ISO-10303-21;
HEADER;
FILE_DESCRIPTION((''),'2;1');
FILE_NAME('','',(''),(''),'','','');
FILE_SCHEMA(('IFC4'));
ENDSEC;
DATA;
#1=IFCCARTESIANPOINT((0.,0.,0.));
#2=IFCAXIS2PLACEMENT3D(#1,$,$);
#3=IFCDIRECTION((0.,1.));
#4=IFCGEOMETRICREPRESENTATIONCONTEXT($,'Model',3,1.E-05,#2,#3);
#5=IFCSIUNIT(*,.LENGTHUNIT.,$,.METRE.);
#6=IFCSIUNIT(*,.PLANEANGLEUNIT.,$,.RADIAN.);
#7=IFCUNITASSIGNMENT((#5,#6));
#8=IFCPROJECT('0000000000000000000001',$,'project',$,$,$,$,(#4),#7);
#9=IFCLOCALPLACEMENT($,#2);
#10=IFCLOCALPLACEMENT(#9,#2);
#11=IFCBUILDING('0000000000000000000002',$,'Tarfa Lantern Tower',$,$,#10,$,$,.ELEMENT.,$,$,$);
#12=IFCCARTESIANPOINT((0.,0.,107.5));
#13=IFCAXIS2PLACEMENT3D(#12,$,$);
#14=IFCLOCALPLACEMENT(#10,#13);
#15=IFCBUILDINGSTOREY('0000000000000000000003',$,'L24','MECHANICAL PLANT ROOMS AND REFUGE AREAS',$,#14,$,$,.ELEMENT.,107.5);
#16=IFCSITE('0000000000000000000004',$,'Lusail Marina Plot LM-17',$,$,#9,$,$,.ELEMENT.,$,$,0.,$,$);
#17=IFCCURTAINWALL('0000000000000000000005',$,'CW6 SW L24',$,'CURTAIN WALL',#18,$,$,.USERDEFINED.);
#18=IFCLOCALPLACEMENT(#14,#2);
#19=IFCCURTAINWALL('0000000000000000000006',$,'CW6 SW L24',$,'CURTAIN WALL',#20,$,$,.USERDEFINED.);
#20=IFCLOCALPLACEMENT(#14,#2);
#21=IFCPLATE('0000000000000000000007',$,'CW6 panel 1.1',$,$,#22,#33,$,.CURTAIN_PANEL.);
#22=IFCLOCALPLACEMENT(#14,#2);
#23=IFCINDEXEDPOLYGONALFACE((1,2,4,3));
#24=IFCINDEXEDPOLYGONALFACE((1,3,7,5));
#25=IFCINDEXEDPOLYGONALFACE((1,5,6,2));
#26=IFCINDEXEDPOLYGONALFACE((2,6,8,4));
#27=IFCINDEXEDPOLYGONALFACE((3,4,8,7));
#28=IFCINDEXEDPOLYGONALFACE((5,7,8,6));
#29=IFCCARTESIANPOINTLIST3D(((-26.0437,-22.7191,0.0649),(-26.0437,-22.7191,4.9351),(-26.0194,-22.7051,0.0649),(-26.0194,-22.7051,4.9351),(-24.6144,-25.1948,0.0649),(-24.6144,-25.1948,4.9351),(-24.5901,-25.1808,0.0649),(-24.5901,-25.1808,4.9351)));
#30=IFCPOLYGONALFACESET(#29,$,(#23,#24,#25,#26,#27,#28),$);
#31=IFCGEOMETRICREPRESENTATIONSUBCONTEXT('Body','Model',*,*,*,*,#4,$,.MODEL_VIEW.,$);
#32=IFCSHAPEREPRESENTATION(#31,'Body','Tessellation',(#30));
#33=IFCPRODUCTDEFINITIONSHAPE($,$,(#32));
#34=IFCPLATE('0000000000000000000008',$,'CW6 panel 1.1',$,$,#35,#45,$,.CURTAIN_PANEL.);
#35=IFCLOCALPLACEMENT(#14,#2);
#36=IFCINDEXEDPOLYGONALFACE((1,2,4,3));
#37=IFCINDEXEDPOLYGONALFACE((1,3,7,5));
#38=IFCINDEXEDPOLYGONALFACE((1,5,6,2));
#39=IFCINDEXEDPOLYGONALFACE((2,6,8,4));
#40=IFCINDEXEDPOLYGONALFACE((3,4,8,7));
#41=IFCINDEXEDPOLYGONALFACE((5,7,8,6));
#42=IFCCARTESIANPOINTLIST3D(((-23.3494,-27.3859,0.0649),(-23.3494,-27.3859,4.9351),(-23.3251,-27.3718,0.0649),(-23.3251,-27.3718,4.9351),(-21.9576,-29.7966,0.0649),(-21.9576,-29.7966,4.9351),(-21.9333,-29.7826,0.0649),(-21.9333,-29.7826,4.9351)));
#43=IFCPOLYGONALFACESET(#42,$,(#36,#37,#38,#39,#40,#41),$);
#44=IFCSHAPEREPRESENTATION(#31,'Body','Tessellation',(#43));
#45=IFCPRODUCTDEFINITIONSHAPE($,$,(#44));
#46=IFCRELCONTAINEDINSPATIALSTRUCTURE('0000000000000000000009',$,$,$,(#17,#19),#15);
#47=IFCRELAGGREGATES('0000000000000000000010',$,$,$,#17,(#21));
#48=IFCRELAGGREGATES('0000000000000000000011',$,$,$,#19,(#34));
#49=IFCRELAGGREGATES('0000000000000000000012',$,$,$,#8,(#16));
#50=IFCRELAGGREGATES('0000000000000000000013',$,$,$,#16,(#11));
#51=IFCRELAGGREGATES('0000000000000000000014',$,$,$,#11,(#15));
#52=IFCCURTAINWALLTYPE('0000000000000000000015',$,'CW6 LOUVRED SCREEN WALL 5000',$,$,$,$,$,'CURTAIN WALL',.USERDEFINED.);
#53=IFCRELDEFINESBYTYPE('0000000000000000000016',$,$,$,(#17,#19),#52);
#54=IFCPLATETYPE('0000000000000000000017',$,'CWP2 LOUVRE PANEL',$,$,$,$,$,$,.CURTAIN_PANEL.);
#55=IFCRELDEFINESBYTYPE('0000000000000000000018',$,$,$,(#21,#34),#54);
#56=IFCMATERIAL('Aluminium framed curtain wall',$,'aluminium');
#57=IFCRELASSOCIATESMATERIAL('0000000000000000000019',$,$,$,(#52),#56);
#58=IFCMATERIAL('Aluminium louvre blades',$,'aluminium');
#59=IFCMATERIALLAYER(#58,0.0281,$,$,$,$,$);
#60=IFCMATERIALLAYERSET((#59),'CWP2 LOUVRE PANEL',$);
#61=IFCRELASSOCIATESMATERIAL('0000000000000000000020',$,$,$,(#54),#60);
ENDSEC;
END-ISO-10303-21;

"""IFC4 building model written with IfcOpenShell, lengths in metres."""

from ifc_helpers import new_model, si_unit, direction, frame, origin, origin_2d, place, context, subcontext, project, spatial, rectangle, extrude, material, layer, layer_set, type_object, element, aggregate, save


model = new_model("IFC4")

# Units and contexts
model_context = context("Model", 3, precision=1e-05, world=origin(), true_north=direction((0.0, 1.0)))
body_context = subcontext(model_context, "Body", "Model", "MODEL_VIEW")
ifc_project = project(units=[si_unit("LENGTHUNIT", "METRE"), si_unit("PLANEANGLEUNIT", "RADIAN")], contexts=[model_context])

# Site, building, storey
site_placement = place(None, origin())
site = spatial("IfcSite", under=ifc_project, at=site_placement, Name="Lusail Marina Plot LM-17", CompositionType="ELEMENT", RefElevation=0.0)
building_placement = place(site_placement, origin())
building = spatial("IfcBuilding", under=site, at=building_placement, Name="Tarfa Lantern Tower", CompositionType="ELEMENT")
storey_placement = place(building_placement, frame((0.0, 0.0, 107.5)))
storey = spatial("IfcBuildingStorey", under=building, at=storey_placement, Name="L24", Description="MECHANICAL PLANT ROOMS AND REFUGE AREAS", CompositionType="ELEMENT", Elevation=107.5)

# Shared definitions
ifc_material_1 = material(Name="Aluminium framed curtain wall", Category="aluminium")
curtain_wall_type = type_object("IfcCurtainWallType", Name="CW6 LOUVRED SCREEN WALL 5000", ElementType="CURTAIN WALL", PredefinedType="USERDEFINED", material=ifc_material_1)

# Curtain walls
curtain_wall_1_placement = place(storey_placement, origin())
curtain_wall_1 = element("IfcCurtainWall", 1, at=curtain_wall_1_placement, inside=storey, type_object=curtain_wall_type, Name="CW6 SW L24", ObjectType="CURTAIN WALL", PredefinedType="USERDEFINED")
curtain_wall_2_placement = place(storey_placement, origin())
curtain_wall_2 = element("IfcCurtainWall", 2, at=curtain_wall_2_placement, inside=storey, type_object=curtain_wall_type, Name="CW6 SW L24", ObjectType="CURTAIN WALL", PredefinedType="USERDEFINED")

# Plates
ifc_material_2 = material(Name="Aluminium louvre blades", Category="aluminium")
ifc_layer = layer(ifc_material_2, 0.0281)
ifc_layer_set = layer_set([ifc_layer], Name="CWP2 LOUVRE PANEL")
plate_type = type_object("IfcPlateType", Name="CWP2 LOUVRE PANEL", PredefinedType="CURTAIN_PANEL", material=ifc_layer_set)
plate_1_placement = place(storey_placement, frame((-25.3169, -23.95, 0.0649), z_axis=(0.0, 0.0, 1.0), x_axis=(0.5, -0.866025, 0.0)))
plate_1 = element("IfcPlate", 3, at=plate_1_placement, type_object=plate_type, Name="CW6 panel 1.1", PredefinedType="CURTAIN_PANEL", context=body_context, shape_type="SweptSolid", body=[
    extrude(rectangle(XDim=2.8586, YDim=0.0281, at=origin_2d()), origin(), (0.0, 0.0, 1.0), 4.8701),
])
aggregate(curtain_wall_1, [plate_1])
plate_2_placement = place(storey_placement, frame((-22.6414, -28.5842, 0.0649), z_axis=(0.0, 0.0, 1.0), x_axis=(0.5, -0.866025, 0.0)))
plate_2 = element("IfcPlate", 4, at=plate_2_placement, type_object=plate_type, Name="CW6 panel 1.1", PredefinedType="CURTAIN_PANEL", context=body_context, shape_type="SweptSolid", body=[
    extrude(rectangle(XDim=2.7837, YDim=0.0281, at=origin_2d()), origin(), (0.0, 0.0, 1.0), 4.8701),
])
aggregate(curtain_wall_2, [plate_2])

save(model, "model.ifc")
